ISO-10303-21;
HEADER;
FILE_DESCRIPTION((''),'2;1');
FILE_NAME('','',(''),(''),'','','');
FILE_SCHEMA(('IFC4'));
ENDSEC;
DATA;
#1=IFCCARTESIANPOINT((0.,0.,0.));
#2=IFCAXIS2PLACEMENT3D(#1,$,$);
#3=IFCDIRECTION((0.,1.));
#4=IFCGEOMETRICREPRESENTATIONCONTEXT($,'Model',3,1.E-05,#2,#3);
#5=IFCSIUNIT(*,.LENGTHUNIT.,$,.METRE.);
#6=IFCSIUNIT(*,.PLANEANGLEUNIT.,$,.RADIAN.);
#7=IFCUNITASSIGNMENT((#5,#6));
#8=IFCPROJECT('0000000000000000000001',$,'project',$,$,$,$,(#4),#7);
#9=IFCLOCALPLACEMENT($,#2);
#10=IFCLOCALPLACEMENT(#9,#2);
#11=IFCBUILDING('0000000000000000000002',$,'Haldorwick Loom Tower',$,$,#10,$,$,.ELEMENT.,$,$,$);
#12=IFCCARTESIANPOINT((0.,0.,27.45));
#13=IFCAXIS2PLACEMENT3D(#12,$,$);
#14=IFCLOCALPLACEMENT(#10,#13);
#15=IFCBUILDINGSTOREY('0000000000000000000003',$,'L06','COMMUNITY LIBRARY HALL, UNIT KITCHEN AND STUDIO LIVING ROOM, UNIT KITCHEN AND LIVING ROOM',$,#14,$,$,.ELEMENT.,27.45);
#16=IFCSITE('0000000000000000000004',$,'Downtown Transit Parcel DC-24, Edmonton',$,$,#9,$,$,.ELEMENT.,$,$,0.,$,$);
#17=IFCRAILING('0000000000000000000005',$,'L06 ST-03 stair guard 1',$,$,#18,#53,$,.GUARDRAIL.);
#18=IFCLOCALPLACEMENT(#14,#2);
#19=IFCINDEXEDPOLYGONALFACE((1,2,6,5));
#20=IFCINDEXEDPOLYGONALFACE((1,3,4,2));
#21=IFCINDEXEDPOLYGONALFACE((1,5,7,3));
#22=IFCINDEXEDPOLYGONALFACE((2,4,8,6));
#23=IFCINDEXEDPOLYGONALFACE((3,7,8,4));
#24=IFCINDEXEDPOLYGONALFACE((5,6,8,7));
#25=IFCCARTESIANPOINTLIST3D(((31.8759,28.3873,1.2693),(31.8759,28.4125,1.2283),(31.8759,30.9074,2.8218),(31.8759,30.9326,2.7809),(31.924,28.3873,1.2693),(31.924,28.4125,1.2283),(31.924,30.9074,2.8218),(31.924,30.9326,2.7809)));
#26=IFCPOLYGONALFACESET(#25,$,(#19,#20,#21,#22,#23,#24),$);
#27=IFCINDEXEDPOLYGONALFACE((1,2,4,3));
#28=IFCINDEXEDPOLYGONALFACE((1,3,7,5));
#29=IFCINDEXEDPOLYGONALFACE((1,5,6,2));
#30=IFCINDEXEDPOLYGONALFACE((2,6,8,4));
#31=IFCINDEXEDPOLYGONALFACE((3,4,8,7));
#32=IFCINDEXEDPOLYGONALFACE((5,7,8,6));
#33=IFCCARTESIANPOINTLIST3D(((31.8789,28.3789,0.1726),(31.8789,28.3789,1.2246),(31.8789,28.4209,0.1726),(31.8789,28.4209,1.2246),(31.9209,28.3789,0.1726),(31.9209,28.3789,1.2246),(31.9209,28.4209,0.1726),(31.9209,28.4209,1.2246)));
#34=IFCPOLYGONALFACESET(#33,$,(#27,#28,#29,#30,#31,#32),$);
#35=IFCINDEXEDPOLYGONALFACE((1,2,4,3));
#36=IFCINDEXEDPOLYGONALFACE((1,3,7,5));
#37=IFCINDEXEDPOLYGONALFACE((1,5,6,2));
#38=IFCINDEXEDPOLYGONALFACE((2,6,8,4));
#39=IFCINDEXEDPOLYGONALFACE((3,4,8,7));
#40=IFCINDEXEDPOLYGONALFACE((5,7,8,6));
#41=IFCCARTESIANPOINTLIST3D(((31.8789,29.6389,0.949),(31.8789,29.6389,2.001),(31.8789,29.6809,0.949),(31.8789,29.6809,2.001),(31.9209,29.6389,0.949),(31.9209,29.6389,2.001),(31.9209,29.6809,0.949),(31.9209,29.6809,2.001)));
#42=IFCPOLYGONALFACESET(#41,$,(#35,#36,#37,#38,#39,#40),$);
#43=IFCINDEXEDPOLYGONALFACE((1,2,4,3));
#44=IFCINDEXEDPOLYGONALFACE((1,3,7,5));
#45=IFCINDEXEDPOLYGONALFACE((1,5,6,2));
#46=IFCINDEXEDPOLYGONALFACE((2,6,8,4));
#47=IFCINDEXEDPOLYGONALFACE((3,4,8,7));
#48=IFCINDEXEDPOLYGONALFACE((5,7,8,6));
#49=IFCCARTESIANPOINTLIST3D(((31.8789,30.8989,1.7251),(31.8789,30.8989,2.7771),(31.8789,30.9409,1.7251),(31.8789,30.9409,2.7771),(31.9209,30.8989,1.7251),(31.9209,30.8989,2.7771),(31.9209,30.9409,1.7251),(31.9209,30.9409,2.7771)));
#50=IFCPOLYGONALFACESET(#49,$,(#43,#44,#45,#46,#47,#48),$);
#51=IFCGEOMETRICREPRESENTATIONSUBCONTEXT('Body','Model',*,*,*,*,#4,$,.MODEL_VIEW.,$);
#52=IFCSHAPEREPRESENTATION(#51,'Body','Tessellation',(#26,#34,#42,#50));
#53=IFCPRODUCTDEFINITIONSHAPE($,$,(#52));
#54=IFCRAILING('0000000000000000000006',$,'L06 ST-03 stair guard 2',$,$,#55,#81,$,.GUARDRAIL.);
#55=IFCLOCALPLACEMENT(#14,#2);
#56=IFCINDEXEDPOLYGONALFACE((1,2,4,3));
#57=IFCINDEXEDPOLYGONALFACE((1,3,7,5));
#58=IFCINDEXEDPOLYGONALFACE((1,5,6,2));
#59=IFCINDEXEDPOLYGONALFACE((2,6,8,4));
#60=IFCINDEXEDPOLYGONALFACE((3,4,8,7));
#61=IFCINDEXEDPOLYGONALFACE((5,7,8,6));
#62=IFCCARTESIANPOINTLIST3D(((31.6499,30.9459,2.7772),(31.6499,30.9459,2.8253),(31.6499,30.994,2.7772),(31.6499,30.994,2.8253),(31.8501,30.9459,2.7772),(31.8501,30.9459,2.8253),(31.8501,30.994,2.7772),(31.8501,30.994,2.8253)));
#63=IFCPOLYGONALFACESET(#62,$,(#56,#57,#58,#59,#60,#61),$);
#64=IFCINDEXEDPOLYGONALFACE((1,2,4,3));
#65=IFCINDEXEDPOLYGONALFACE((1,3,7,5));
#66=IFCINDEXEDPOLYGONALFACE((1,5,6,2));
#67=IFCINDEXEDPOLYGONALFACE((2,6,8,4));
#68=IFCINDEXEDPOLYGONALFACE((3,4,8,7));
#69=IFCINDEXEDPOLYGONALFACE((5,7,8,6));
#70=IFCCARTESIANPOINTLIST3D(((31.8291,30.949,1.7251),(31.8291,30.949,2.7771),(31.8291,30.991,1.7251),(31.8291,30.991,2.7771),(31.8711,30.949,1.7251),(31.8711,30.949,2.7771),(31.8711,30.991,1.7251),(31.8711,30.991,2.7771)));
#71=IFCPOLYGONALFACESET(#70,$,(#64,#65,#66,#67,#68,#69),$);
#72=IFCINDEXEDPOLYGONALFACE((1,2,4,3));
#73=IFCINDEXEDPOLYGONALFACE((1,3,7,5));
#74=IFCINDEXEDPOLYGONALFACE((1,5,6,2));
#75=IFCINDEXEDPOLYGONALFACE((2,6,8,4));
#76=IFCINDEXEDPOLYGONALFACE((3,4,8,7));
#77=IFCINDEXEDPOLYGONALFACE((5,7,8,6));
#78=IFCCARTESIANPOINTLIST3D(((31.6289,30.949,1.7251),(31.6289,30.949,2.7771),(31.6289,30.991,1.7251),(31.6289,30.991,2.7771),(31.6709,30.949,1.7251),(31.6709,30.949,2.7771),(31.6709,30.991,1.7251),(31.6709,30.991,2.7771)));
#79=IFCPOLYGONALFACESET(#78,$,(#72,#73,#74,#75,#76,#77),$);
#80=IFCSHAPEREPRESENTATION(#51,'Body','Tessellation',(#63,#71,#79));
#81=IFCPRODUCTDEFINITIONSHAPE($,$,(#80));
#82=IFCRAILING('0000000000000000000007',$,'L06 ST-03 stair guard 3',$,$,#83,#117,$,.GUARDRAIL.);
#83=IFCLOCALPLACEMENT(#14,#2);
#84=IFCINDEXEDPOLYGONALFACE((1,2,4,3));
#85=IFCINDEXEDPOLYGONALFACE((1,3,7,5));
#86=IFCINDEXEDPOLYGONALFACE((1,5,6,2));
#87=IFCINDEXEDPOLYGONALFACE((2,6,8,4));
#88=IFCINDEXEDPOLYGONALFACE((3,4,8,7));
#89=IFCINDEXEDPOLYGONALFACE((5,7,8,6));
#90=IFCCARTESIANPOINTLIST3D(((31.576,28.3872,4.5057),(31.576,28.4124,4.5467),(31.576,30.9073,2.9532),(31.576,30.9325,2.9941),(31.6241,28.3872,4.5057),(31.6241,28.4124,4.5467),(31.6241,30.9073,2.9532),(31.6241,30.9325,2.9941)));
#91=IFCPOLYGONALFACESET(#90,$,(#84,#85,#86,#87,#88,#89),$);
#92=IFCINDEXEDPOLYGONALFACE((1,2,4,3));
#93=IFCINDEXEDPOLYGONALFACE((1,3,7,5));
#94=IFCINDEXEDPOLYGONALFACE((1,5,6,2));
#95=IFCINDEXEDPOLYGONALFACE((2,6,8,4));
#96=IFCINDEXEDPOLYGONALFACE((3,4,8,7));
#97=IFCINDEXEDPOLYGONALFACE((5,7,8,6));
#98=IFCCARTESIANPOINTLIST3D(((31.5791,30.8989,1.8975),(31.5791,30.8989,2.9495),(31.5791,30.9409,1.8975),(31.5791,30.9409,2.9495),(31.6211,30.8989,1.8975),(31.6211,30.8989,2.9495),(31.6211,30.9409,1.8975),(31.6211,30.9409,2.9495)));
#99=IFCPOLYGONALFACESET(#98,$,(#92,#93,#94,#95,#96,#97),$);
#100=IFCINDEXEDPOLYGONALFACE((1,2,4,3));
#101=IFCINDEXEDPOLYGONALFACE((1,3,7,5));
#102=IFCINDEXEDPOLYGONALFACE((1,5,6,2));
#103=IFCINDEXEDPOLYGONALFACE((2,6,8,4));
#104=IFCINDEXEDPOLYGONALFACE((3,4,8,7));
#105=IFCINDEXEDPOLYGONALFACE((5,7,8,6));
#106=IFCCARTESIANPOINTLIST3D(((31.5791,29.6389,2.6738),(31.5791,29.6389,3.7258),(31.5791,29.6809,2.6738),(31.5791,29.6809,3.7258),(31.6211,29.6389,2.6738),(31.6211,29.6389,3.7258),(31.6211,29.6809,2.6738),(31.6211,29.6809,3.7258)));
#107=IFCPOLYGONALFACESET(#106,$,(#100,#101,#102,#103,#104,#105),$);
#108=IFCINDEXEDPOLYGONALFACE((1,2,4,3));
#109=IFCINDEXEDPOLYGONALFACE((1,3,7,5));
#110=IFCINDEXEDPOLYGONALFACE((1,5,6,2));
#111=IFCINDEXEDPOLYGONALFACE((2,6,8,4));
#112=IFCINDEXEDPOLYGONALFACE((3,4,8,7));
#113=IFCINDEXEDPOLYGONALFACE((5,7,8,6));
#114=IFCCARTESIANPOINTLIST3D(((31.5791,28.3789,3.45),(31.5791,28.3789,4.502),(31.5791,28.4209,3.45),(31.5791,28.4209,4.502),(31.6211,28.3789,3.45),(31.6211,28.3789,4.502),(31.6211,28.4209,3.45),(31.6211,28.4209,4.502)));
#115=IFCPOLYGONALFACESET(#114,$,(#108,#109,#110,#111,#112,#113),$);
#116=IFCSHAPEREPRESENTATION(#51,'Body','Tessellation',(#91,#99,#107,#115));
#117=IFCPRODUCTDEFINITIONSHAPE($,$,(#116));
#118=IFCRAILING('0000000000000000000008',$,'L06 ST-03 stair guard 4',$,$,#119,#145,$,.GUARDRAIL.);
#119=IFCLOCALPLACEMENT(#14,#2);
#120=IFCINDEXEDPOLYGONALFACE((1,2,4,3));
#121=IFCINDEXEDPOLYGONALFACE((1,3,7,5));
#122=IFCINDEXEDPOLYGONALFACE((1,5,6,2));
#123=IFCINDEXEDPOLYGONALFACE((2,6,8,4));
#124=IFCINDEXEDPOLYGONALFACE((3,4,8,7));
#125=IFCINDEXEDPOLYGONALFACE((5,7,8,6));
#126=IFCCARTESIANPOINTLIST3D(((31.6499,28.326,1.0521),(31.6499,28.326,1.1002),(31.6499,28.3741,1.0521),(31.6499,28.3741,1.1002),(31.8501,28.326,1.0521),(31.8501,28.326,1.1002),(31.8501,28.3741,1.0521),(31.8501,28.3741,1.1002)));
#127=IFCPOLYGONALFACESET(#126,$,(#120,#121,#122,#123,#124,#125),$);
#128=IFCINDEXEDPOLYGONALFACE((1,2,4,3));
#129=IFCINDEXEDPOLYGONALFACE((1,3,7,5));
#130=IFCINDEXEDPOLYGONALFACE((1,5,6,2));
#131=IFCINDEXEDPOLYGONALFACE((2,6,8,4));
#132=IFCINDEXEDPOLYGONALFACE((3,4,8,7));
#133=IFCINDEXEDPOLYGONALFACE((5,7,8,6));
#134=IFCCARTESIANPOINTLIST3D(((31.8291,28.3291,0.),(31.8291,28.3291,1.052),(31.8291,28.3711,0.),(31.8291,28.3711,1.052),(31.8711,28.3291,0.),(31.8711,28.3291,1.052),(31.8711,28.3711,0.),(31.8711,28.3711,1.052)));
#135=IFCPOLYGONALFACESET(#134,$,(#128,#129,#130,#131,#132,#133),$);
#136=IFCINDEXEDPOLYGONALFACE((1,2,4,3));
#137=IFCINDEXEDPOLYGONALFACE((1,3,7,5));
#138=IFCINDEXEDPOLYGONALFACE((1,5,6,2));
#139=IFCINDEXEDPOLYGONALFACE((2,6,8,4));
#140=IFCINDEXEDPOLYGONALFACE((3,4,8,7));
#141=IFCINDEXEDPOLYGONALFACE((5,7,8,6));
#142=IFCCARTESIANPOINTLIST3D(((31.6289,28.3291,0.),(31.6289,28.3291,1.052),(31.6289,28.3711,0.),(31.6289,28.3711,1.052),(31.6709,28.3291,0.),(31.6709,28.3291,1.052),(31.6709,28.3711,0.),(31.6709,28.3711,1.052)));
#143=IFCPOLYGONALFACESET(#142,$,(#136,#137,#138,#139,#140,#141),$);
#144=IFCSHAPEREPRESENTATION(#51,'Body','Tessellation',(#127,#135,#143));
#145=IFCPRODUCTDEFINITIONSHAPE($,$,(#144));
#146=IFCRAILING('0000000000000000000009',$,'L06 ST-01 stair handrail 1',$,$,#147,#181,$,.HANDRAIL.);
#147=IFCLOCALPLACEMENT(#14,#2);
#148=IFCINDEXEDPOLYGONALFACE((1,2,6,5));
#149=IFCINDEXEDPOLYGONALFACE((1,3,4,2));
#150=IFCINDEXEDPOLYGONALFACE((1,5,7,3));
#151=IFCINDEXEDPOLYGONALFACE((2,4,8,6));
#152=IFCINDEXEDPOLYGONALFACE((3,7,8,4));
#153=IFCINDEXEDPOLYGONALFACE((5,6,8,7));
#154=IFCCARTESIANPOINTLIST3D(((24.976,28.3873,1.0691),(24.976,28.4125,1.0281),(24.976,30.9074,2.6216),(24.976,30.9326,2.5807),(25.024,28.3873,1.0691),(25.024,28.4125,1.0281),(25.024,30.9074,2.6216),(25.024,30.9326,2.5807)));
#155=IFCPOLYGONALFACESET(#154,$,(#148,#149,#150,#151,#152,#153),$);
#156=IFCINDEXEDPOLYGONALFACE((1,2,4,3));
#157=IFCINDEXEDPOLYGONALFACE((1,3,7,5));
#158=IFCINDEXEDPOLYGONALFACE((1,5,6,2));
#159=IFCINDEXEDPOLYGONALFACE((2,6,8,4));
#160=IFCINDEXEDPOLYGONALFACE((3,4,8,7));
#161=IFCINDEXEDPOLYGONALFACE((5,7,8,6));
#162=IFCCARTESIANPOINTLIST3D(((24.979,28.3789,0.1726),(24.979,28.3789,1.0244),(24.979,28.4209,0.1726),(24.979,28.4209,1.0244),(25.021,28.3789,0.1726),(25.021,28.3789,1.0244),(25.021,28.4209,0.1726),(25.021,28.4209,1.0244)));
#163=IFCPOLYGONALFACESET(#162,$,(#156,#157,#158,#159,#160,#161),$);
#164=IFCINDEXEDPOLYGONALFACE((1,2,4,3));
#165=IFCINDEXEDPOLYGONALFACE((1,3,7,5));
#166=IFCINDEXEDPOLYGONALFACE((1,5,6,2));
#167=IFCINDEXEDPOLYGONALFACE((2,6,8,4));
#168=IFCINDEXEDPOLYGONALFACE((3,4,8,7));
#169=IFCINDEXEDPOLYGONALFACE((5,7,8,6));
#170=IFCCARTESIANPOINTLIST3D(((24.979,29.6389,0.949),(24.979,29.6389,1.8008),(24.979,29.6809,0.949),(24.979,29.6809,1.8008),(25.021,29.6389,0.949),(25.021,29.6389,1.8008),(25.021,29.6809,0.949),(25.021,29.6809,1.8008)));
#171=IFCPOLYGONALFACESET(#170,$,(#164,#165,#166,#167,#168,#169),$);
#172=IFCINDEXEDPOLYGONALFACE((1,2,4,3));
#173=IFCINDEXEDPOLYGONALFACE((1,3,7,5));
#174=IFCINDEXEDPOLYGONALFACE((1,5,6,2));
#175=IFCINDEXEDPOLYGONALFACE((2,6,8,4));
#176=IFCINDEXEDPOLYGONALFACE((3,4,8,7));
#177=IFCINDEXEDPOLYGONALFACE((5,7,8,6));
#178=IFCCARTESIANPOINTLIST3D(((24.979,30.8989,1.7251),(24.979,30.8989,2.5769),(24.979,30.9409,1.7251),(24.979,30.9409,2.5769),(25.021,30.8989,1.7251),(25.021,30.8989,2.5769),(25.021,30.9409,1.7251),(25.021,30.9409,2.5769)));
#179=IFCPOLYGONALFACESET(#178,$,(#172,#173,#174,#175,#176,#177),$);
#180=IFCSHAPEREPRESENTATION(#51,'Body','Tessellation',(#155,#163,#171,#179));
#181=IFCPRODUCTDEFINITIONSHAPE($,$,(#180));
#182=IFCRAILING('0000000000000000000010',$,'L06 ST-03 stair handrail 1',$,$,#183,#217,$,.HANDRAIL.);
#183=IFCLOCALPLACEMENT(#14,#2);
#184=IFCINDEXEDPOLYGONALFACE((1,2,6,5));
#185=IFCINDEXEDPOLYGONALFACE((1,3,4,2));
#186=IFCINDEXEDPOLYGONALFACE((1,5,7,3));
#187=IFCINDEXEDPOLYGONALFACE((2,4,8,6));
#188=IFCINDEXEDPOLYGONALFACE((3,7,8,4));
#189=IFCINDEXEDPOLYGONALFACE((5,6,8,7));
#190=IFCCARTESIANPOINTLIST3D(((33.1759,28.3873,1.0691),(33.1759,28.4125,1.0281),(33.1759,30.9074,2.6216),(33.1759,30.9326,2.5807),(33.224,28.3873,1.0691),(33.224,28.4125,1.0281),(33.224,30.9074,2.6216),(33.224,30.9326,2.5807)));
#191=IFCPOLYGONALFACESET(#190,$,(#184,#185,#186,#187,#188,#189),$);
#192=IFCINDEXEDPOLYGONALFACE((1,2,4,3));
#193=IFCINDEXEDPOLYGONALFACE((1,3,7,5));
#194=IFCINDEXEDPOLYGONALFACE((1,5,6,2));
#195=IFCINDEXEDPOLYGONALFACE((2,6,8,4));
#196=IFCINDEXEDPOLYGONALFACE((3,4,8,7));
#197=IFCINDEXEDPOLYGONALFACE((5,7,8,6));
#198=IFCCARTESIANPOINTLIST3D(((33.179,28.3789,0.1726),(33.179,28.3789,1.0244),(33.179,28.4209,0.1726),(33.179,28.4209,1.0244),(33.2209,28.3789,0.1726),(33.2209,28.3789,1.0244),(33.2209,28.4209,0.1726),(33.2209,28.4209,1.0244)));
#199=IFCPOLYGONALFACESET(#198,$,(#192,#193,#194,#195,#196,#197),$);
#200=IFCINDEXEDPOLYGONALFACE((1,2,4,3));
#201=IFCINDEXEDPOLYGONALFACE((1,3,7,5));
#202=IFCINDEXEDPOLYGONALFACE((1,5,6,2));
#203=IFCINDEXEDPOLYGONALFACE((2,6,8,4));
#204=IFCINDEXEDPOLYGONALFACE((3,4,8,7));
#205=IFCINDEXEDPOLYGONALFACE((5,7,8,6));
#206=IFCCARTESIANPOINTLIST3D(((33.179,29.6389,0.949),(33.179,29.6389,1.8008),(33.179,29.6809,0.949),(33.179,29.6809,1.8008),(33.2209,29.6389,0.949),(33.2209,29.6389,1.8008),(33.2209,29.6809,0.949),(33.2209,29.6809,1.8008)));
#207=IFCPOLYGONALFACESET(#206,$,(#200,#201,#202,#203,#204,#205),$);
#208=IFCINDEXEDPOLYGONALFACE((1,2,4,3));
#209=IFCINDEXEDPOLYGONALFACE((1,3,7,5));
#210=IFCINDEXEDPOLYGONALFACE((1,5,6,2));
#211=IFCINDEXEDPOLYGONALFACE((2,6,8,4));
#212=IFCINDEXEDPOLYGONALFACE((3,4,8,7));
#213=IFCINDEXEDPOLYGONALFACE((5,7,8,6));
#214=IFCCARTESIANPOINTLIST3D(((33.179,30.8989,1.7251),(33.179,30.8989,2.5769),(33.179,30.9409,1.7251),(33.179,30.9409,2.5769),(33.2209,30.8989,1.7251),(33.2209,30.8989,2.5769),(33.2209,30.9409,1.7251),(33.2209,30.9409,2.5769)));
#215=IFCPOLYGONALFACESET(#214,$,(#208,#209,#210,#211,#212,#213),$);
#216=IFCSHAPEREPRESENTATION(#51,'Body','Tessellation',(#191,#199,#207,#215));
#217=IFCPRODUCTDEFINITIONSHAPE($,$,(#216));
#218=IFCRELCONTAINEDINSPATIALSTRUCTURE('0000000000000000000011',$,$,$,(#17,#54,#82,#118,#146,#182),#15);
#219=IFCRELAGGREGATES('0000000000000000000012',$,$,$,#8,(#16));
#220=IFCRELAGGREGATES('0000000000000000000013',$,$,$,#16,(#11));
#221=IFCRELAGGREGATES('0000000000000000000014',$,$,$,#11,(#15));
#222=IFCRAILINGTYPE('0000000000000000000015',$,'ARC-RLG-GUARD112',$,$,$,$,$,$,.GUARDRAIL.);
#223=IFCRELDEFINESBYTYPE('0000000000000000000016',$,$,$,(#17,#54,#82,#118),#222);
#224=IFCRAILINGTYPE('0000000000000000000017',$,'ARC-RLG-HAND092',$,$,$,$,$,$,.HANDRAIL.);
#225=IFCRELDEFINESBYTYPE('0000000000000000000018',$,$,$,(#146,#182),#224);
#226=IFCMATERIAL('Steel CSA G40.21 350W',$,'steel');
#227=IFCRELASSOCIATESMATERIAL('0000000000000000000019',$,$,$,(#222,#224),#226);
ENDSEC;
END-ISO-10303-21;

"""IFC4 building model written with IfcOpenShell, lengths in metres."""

from ifc_helpers import new_model, si_unit, direction, frame, origin, origin_2d, place, context, subcontext, project, spatial, rectangle, extrude, material, type_object, element, save


model = new_model("IFC4")

# Units and contexts
model_context = context("Model", 3, precision=1e-05, world=origin(), true_north=direction((0.0, 1.0)))
body_context = subcontext(model_context, "Body", "Model", "MODEL_VIEW")
ifc_project = project(units=[si_unit("LENGTHUNIT", "METRE"), si_unit("PLANEANGLEUNIT", "RADIAN")], contexts=[model_context])

# Site, building, storey
site_placement = place(None, origin())
site = spatial("IfcSite", under=ifc_project, at=site_placement, Name="Downtown Transit Parcel DC-24, Edmonton", CompositionType="ELEMENT", RefElevation=0.0)
building_placement = place(site_placement, origin())
building = spatial("IfcBuilding", under=site, at=building_placement, Name="Haldorwick Loom Tower", CompositionType="ELEMENT")
storey_placement = place(building_placement, frame((0.0, 0.0, 27.45)))
storey = spatial("IfcBuildingStorey", under=building, at=storey_placement, Name="L06", Description="COMMUNITY LIBRARY HALL, UNIT KITCHEN AND STUDIO LIVING ROOM, UNIT KITCHEN AND LIVING ROOM", CompositionType="ELEMENT", Elevation=27.45)

# Shared definitions
ifc_material_1 = material(Name="Steel CSA G40.21 350W", Category="steel")

# Railings
railing_type_1 = type_object("IfcRailingType", Name="ARC-RLG-GUARD112", PredefinedType="GUARDRAIL", material=ifc_material_1)
railing_1_placement = place(storey_placement, frame((31.8999, 28.3999, 0.1726)))
element("IfcRailing", 1, at=railing_1_placement, inside=storey, type_object=railing_type_1, Name="L06 ST-03 stair guard 1", PredefinedType="GUARDRAIL", context=body_context, shape_type="SweptSolid", body=[
    extrude(rectangle(XDim=0.0481, YDim=0.0481, at=origin_2d()), frame((0.0, 0.0, 1.0762), z_axis=(0.0, 0.8514, 0.524516), x_axis=(-1.0, 0.0, 0.0)), (0.0, 0.0, 1.0), 2.96),
    extrude(rectangle(XDim=0.042, YDim=0.042, at=origin_2d()), origin(), (0.0, 0.0, 1.0), 1.052),
    extrude(rectangle(XDim=0.042, YDim=0.042, at=origin_2d()), frame((0.0, 1.26, 0.7764)), (0.0, 0.0, 1.0), 1.052),
    extrude(rectangle(XDim=0.042, YDim=0.042, at=origin_2d()), frame((0.0, 2.52, 1.5525)), (0.0, 0.0, 1.0), 1.052),
])
railing_2_placement = place(storey_placement, frame((31.8501, 30.97, 1.7251)))
element("IfcRailing", 2, at=railing_2_placement, inside=storey, type_object=railing_type_1, Name="L06 ST-03 stair guard 2", PredefinedType="GUARDRAIL", context=body_context, shape_type="SweptSolid", body=[
    extrude(rectangle(XDim=0.0481, YDim=0.0481, at=origin_2d()), frame((0.0, 0.0, 1.0762), z_axis=(-1.0, 0.0, 0.0), x_axis=(0.0, -1.0, 0.0)), (0.0, 0.0, 1.0), 0.2002),
    extrude(rectangle(XDim=0.042, YDim=0.042, at=origin_2d()), origin(), (0.0, 0.0, 1.0), 1.052),
    extrude(rectangle(XDim=0.042, YDim=0.042, at=origin_2d()), frame((-0.2002, 0.0, 0.0)), (0.0, 0.0, 1.0), 1.052),
])
railing_3_placement = place(storey_placement, frame((31.6001, 30.9199, 1.8975)))
element("IfcRailing", 3, at=railing_3_placement, inside=storey, type_object=railing_type_1, Name="L06 ST-03 stair guard 3", PredefinedType="GUARDRAIL", context=body_context, shape_type="SweptSolid", body=[
    extrude(rectangle(XDim=0.0481, YDim=0.0481, at=origin_2d()), frame((0.0, 0.0, 1.0762), z_axis=(0.0, -0.8514, 0.524516), x_axis=(1.0, 0.0, 0.0)), (0.0, 0.0, 1.0), 2.96),
    extrude(rectangle(XDim=0.042, YDim=0.042, at=origin_2d()), origin(), (0.0, 0.0, 1.0), 1.052),
    extrude(rectangle(XDim=0.042, YDim=0.042, at=origin_2d()), frame((0.0, -1.26, 0.7764)), (0.0, 0.0, 1.0), 1.052),
    extrude(rectangle(XDim=0.042, YDim=0.042, at=origin_2d()), frame((0.0, -2.52, 1.5525)), (0.0, 0.0, 1.0), 1.052),
])
railing_4_placement = place(storey_placement, frame((31.8501, 28.3501, 0.0)))
element("IfcRailing", 4, at=railing_4_placement, inside=storey, type_object=railing_type_1, Name="L06 ST-03 stair guard 4", PredefinedType="GUARDRAIL", context=body_context, shape_type="SweptSolid", body=[
    extrude(rectangle(XDim=0.0481, YDim=0.0481, at=origin_2d()), frame((0.0, 0.0, 1.0762), z_axis=(-1.0, 0.0, 0.0), x_axis=(0.0, -1.0, 0.0)), (0.0, 0.0, 1.0), 0.2002),
    extrude(rectangle(XDim=0.042, YDim=0.042, at=origin_2d()), origin(), (0.0, 0.0, 1.0), 1.052),
    extrude(rectangle(XDim=0.042, YDim=0.042, at=origin_2d()), frame((-0.2002, 0.0, 0.0)), (0.0, 0.0, 1.0), 1.052),
])
railing_type_2 = type_object("IfcRailingType", Name="ARC-RLG-HAND092", PredefinedType="HANDRAIL", material=ifc_material_1)
for number, where, name in (
    (5, (25.0, 28.3999, 0.1726), "L06 ST-01 stair handrail 1"),
    (6, (33.2, 28.3999, 0.1726), "L06 ST-03 stair handrail 1"),
):
    element("IfcRailing", number, at=place(storey_placement, frame(where)), inside=storey, type_object=railing_type_2, Name=name, PredefinedType="HANDRAIL", context=body_context, shape_type="SweptSolid", body=[
        extrude(rectangle(XDim=0.0481, YDim=0.0481, at=origin_2d()), frame((0.0, 0.0, 0.876), z_axis=(0.0, 0.8514, 0.524516), x_axis=(-1.0, 0.0, 0.0)), (0.0, 0.0, 1.0), 2.96),
        extrude(rectangle(XDim=0.042, YDim=0.042, at=origin_2d()), origin(), (0.0, 0.0, 1.0), 0.8518),
        extrude(rectangle(XDim=0.042, YDim=0.042, at=origin_2d()), frame((0.0, 1.26, 0.7764)), (0.0, 0.0, 1.0), 0.8518),
        extrude(rectangle(XDim=0.042, YDim=0.042, at=origin_2d()), frame((0.0, 2.52, 1.5525)), (0.0, 0.0, 1.0), 0.8518),
    ])

save(model, "model.ifc")
